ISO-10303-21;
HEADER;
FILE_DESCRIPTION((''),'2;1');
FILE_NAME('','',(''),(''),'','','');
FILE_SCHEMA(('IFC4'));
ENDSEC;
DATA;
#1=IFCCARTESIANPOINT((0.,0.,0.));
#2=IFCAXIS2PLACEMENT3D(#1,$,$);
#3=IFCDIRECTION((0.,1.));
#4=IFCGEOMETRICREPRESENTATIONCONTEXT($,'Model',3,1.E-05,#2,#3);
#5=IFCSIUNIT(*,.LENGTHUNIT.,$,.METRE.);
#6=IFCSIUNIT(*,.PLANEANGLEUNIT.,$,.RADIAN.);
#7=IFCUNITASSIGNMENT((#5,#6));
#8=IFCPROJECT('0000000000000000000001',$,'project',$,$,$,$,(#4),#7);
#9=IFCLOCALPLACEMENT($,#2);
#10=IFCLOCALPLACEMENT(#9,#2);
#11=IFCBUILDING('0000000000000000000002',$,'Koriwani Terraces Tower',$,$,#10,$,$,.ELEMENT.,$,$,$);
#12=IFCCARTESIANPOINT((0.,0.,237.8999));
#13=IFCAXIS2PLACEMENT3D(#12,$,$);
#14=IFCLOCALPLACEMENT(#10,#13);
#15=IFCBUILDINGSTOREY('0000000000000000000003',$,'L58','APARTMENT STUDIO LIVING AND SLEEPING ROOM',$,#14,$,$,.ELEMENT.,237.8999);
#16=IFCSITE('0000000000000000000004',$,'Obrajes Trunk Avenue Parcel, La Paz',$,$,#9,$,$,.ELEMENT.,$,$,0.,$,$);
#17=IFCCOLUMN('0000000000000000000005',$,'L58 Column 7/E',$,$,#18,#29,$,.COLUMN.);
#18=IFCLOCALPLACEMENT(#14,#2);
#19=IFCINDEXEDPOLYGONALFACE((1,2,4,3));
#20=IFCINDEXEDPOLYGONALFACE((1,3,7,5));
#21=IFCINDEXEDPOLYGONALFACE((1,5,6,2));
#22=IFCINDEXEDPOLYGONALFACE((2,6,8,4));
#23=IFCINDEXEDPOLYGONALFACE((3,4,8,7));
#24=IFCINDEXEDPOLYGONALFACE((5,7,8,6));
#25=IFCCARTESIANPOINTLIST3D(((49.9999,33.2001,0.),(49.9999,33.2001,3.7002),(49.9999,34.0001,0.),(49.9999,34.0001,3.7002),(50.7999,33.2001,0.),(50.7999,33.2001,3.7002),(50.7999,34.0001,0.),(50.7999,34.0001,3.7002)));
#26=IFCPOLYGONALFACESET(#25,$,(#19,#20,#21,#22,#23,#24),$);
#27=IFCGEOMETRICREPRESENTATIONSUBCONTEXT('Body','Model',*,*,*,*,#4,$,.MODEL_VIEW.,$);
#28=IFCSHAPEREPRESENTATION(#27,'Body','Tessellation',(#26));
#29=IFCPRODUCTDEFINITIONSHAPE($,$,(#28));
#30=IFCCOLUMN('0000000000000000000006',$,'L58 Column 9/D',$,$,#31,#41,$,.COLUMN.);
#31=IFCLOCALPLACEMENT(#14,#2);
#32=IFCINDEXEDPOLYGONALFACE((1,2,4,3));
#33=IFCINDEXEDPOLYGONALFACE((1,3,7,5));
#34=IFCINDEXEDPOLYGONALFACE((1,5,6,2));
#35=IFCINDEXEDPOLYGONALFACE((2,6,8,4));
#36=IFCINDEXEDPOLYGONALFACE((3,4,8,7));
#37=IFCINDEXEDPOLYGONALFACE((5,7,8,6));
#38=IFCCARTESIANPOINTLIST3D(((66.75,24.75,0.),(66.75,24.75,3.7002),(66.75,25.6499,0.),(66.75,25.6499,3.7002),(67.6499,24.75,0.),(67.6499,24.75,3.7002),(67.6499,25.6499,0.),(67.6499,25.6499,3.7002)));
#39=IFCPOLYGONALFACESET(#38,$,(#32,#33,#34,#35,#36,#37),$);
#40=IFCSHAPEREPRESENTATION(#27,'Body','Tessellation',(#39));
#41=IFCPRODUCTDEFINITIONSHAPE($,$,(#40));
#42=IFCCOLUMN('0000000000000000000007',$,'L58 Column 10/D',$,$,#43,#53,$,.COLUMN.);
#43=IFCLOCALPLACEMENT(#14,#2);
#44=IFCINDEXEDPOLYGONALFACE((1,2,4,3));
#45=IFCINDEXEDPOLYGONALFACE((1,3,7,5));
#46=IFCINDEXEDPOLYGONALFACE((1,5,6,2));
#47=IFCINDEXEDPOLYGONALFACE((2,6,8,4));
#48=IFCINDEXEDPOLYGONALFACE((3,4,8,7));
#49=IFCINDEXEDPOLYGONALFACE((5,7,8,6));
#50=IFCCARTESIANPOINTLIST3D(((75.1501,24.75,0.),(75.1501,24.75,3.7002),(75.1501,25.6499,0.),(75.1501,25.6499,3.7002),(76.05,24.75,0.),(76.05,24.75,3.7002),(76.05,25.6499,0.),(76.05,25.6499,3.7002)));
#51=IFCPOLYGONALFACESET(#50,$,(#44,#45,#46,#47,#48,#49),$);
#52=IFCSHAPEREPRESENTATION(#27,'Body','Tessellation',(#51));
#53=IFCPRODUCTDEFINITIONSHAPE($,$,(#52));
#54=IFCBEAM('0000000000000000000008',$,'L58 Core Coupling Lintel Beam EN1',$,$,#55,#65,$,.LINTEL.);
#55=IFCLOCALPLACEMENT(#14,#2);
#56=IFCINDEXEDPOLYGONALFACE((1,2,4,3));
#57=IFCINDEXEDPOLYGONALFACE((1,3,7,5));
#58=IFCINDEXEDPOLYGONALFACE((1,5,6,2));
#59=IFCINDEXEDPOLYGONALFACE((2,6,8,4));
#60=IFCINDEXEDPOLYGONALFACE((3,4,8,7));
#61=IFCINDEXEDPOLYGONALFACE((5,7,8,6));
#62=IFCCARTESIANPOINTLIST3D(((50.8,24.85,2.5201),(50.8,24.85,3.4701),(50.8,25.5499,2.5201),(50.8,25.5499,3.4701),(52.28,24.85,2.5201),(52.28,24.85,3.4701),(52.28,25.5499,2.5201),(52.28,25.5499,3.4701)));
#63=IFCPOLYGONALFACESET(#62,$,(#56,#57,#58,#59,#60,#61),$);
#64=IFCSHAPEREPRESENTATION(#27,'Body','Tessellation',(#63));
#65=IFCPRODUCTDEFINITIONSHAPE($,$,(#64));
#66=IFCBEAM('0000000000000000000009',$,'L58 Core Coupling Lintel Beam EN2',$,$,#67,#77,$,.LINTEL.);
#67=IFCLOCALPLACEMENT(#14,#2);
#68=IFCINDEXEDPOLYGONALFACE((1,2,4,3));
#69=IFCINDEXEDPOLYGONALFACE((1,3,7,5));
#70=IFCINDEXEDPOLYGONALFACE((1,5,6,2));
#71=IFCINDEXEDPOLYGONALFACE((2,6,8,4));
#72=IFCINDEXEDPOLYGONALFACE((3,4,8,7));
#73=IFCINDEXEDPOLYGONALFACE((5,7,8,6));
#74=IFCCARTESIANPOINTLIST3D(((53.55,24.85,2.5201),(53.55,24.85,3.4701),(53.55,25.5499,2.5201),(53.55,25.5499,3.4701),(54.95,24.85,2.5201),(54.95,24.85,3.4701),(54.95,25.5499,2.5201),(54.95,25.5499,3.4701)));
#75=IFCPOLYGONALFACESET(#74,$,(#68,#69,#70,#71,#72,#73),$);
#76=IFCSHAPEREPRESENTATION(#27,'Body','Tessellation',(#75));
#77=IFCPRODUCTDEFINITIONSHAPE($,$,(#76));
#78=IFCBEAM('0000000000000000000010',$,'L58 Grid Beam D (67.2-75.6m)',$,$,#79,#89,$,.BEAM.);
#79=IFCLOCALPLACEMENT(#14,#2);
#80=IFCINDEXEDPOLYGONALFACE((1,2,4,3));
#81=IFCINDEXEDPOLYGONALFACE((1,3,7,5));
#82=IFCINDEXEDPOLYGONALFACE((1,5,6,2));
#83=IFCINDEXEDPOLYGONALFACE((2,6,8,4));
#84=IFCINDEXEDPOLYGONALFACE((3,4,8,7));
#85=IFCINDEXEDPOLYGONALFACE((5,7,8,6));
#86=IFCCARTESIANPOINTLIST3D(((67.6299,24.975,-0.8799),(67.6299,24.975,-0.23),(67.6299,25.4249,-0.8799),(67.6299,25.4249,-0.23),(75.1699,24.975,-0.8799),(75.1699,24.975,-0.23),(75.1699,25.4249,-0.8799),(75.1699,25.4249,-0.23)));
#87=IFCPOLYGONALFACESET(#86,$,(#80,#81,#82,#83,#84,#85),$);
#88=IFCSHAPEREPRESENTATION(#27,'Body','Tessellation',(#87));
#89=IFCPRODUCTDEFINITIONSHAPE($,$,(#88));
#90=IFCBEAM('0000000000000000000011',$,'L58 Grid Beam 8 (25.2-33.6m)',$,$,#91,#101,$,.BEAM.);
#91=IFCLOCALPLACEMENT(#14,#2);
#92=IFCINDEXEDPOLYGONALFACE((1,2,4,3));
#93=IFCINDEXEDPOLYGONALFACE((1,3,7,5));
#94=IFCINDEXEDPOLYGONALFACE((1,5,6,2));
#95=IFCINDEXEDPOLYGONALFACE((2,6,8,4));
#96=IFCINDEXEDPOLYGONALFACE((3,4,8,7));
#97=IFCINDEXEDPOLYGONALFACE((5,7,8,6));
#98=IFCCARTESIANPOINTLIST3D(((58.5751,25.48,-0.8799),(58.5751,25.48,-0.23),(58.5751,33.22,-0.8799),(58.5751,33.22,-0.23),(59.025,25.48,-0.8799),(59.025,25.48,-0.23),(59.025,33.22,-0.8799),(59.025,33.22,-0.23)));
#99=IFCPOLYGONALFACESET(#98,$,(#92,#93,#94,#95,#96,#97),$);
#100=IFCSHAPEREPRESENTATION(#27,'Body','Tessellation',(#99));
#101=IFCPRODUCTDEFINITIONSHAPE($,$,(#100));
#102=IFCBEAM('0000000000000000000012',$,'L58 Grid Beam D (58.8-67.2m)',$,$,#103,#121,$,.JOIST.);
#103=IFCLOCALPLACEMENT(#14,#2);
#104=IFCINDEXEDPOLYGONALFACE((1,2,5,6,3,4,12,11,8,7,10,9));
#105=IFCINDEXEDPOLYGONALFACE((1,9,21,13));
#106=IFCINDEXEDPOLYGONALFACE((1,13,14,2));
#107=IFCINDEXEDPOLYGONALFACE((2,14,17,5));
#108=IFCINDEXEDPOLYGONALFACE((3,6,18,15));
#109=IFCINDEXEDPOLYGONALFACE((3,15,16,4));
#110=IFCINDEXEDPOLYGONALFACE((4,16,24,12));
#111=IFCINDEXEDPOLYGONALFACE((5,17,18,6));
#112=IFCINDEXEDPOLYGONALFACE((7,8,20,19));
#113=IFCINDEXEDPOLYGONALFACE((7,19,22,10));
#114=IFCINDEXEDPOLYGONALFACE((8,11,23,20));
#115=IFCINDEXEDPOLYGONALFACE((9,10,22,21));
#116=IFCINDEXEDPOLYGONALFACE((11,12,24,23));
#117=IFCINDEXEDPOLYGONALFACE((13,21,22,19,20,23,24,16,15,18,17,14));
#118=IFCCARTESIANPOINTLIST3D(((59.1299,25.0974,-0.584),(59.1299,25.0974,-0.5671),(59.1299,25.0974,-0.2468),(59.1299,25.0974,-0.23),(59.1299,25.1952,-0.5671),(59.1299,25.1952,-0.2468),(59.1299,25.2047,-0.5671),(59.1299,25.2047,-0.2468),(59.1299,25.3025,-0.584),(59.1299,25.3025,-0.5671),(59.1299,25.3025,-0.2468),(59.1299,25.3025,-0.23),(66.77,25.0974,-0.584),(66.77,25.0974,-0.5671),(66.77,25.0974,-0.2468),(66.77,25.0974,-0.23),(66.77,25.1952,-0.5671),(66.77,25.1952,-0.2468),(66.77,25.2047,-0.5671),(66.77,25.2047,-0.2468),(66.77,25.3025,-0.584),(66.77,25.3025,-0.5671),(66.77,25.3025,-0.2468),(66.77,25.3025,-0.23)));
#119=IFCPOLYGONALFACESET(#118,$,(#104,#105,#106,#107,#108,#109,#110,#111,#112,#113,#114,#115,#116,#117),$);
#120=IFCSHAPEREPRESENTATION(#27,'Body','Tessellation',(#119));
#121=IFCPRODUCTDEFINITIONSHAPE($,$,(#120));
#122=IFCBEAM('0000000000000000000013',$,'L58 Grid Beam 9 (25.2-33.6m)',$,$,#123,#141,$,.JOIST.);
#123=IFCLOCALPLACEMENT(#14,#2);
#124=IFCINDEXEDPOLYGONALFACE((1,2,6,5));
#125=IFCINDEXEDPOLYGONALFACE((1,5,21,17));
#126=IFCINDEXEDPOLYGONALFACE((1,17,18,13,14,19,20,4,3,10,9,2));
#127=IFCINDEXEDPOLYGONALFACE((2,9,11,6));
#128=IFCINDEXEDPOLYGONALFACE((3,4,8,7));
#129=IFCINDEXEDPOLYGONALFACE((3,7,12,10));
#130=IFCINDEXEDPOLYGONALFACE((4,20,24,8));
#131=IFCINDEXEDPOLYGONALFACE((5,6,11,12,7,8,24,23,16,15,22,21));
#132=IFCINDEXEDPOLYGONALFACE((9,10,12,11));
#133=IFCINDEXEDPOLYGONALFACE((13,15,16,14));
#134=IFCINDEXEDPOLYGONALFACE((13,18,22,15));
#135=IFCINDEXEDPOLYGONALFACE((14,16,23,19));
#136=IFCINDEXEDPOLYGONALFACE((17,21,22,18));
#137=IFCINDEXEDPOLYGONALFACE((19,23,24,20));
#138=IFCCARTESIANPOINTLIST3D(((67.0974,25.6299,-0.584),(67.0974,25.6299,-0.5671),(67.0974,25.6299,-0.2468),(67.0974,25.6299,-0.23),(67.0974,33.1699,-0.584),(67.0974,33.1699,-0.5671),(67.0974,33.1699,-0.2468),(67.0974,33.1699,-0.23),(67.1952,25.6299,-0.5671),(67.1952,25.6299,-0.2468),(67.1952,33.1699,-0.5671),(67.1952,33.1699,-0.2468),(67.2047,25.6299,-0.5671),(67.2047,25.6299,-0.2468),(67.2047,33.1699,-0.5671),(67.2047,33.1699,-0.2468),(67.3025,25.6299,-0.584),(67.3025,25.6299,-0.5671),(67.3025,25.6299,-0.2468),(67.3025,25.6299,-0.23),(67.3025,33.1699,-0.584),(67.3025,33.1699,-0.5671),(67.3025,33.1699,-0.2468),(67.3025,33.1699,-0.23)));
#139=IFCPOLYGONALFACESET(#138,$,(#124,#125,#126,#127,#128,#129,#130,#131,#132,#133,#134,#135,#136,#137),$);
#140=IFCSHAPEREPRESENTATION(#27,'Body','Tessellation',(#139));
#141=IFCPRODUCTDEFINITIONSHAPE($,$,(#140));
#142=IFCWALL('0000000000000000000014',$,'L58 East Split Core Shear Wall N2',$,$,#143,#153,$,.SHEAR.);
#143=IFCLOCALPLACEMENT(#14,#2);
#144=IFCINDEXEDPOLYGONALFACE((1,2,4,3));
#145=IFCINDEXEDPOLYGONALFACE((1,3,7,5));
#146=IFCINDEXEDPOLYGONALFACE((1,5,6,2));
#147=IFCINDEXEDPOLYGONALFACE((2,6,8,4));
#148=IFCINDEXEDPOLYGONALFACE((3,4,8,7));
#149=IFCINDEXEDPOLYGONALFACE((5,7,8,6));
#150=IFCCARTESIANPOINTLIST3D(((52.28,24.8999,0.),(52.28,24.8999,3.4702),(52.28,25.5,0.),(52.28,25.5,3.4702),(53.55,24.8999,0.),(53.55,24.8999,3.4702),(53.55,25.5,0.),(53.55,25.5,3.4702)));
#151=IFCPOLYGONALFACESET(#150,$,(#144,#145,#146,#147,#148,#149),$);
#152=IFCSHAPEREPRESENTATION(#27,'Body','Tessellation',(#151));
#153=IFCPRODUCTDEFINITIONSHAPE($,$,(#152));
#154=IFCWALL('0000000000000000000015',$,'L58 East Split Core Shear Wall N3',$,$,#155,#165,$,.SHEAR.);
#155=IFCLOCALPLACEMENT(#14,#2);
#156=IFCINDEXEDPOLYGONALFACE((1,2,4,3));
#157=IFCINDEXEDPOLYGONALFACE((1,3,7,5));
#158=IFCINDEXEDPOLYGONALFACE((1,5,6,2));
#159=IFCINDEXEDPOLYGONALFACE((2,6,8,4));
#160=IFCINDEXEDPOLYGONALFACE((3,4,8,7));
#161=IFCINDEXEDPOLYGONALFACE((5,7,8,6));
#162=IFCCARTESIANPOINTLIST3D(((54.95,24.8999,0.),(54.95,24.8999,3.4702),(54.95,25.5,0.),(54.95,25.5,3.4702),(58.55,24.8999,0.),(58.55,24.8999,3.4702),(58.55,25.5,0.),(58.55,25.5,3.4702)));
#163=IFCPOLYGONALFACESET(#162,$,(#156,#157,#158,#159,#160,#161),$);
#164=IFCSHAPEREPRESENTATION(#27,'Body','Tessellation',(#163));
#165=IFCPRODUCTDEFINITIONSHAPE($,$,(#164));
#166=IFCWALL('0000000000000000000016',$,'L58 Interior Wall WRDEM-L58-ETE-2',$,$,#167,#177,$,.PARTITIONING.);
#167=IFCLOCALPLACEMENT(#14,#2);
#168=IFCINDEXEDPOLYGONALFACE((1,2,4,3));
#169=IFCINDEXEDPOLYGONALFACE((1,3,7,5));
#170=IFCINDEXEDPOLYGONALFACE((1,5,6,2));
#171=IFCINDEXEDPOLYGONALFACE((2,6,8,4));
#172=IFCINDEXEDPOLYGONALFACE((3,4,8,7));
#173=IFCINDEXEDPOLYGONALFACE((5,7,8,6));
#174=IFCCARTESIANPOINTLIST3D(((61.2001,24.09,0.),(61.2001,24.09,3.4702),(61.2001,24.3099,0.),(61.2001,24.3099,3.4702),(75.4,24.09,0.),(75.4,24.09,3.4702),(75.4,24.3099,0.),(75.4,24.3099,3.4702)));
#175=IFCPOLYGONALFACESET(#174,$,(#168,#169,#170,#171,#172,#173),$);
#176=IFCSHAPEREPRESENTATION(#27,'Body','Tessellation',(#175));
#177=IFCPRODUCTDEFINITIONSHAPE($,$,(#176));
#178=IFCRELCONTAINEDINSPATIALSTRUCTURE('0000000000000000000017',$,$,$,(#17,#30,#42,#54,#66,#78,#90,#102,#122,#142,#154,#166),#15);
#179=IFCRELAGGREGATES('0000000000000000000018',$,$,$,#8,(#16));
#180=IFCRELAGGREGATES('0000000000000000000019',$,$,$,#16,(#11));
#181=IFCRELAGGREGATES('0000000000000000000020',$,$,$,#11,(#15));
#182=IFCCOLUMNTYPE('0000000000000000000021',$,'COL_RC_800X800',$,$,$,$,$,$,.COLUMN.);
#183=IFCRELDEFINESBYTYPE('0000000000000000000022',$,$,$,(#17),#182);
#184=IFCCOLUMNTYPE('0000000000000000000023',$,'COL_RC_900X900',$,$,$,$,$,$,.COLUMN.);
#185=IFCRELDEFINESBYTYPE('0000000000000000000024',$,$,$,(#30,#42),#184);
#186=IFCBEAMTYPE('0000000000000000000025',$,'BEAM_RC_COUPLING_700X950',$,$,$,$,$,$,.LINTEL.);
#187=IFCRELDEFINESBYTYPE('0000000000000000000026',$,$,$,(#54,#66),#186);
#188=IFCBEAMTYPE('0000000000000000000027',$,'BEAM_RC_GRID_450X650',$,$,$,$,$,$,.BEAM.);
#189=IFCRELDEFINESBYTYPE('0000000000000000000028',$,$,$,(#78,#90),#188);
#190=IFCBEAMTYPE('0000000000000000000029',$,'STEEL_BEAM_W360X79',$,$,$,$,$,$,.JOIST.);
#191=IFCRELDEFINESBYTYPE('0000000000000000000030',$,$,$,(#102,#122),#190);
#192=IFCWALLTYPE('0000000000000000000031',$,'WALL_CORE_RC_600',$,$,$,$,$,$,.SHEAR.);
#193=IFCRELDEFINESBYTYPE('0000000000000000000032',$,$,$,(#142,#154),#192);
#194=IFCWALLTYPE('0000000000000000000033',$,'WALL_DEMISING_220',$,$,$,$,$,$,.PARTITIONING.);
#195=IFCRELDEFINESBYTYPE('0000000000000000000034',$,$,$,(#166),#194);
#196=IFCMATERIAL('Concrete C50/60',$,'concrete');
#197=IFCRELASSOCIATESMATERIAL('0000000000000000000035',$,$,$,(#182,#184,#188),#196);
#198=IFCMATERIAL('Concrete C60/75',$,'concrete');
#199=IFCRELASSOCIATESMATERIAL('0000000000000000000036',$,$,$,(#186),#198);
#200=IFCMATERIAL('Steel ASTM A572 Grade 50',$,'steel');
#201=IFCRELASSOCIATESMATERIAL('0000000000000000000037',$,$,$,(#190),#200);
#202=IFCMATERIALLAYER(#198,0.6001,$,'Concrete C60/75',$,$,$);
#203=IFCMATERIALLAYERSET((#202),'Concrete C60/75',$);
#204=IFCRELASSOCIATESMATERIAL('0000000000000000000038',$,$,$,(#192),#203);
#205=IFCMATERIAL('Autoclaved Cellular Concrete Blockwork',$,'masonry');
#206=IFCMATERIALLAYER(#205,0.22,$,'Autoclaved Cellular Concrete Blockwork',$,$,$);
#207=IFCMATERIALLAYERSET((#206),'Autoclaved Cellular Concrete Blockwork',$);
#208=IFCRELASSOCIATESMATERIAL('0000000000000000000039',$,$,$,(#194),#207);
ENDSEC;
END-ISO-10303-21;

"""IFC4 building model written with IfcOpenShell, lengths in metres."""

from ifc_helpers import new_model, si_unit, direction, frame, frame_2d, origin, origin_2d, place, context, subcontext, project, spatial, rectangle, i_section, extrude, material, layer, layer_set, material_profile, profile_set, type_object, element, save


model = new_model("IFC4")

# Units and contexts
model_context = context("Model", 3, precision=1e-05, world=origin(), true_north=direction((0.0, 1.0)))
body_context = subcontext(model_context, "Body", "Model", "MODEL_VIEW")
ifc_project = project(units=[si_unit("LENGTHUNIT", "METRE"), si_unit("PLANEANGLEUNIT", "RADIAN")], contexts=[model_context])

# Site, building, storey
site_placement = place(None, origin())
site = spatial("IfcSite", under=ifc_project, at=site_placement, Name="Obrajes Trunk Avenue Parcel, La Paz", CompositionType="ELEMENT", RefElevation=0.0)
building_placement = place(site_placement, origin())
building = spatial("IfcBuilding", under=site, at=building_placement, Name="Koriwani Terraces Tower", CompositionType="ELEMENT")
storey_placement = place(building_placement, frame((0.0, 0.0, 237.8999)))
storey = spatial("IfcBuildingStorey", under=building, at=storey_placement, Name="L58", Description="APARTMENT STUDIO LIVING AND SLEEPING ROOM", CompositionType="ELEMENT", Elevation=237.8999)

# Columns
ifc_material_1 = material(Name="Concrete C50/60", Category="concrete")
ifc_material_profile_1 = material_profile(ifc_material_1, rectangle(XDim=0.8, YDim=0.8, at=origin_2d()), Name="Concrete C50/60", Category="LoadBearing")
ifc_profile_set_1 = profile_set([ifc_material_profile_1], Name="Concrete C50/60")
column_type_1 = type_object("IfcColumnType", Name="COL_RC_800X800", PredefinedType="COLUMN", material=ifc_profile_set_1)
column_placement = place(storey_placement, frame((50.3999, 33.6001, 0.0), z_axis=(0.0, 0.0, 1.0), x_axis=(1.0, 0.0, 0.0)))
element("IfcColumn", 1, at=column_placement, inside=storey, type_object=column_type_1, Name="L58 Column 7/E", PredefinedType="COLUMN", context=body_context, shape_type="SweptSolid", body=[
    extrude(rectangle(XDim=0.8, YDim=0.8, at=origin_2d()), origin(), (0.0, 0.0, 1.0), 3.7002),
])
ifc_material_profile_2 = material_profile(ifc_material_1, rectangle(XDim=0.8999, YDim=0.8999, at=origin_2d()), Name="Concrete C50/60", Category="LoadBearing")
ifc_profile_set_2 = profile_set([ifc_material_profile_2], Name="Concrete C50/60")
column_type_2 = type_object("IfcColumnType", Name="COL_RC_900X900", PredefinedType="COLUMN", material=ifc_profile_set_2)
for number, where, z_axis, x_axis, name in (
    (2, (67.2, 25.2, 0.0), (0.0, 0.0, 1.0), (1.0, 0.0, 0.0), "L58 Column 9/D"),
    (3, (75.6001, 25.2, 0.0), (0.0, 0.0, 1.0), (1.0, 0.0, 0.0), "L58 Column 10/D"),
):
    element("IfcColumn", number, at=place(storey_placement, frame(where, z_axis=z_axis, x_axis=x_axis)), inside=storey, type_object=column_type_2, Name=name, PredefinedType="COLUMN", context=body_context, shape_type="SweptSolid", body=[
        extrude(rectangle(XDim=0.8999, YDim=0.8999, at=origin_2d()), origin(), (0.0, 0.0, 1.0), 3.7002),
    ])

# Beams
ifc_material_2 = material(Name="Concrete C60/75", Category="concrete")
ifc_material_profile_3 = material_profile(ifc_material_2, rectangle(XDim=0.7, YDim=0.95, at=origin_2d()), Name="Concrete C60/75", Category="LoadBearing")
ifc_profile_set_3 = profile_set([ifc_material_profile_3], Name="Concrete C60/75")
beam_type_1 = type_object("IfcBeamType", Name="BEAM_RC_COUPLING_700X950", PredefinedType="LINTEL", material=ifc_profile_set_3)
beam_1_placement = place(storey_placement, frame((50.8, 25.2, 2.9951), z_axis=(1.0, 0.0, 0.0), x_axis=(0.0, 1.0, 0.0)))
element("IfcBeam", 4, at=beam_1_placement, inside=storey, type_object=beam_type_1, Name="L58 Core Coupling Lintel Beam EN1", PredefinedType="LINTEL", context=body_context, shape_type="SweptSolid", body=[
    extrude(rectangle(XDim=0.7, YDim=0.95, at=origin_2d()), origin(), (0.0, 0.0, 1.0), 1.48),
])
beam_2_placement = place(storey_placement, frame((53.55, 25.2, 2.9951), z_axis=(1.0, 0.0, 0.0), x_axis=(0.0, 1.0, 0.0)))
element("IfcBeam", 5, at=beam_2_placement, inside=storey, type_object=beam_type_1, Name="L58 Core Coupling Lintel Beam EN2", PredefinedType="LINTEL", context=body_context, shape_type="SweptSolid", body=[
    extrude(rectangle(XDim=0.7, YDim=0.95, at=origin_2d()), origin(), (0.0, 0.0, 1.0), 1.3999),
])
ifc_material_profile_4 = material_profile(ifc_material_1, rectangle(XDim=0.45, YDim=0.6499, at=origin_2d()), Name="Concrete C50/60", Category="LoadBearing")
ifc_profile_set_4 = profile_set([ifc_material_profile_4], Name="Concrete C50/60")
beam_type_2 = type_object("IfcBeamType", Name="BEAM_RC_GRID_450X650", PredefinedType="BEAM", material=ifc_profile_set_4)
beam_3_placement = place(storey_placement, frame((67.6299, 25.2, -0.5549), z_axis=(1.0, 0.0, 0.0), x_axis=(0.0, 1.0, 0.0)))
element("IfcBeam", 6, at=beam_3_placement, inside=storey, type_object=beam_type_2, Name="L58 Grid Beam D (67.2-75.6m)", PredefinedType="BEAM", context=body_context, shape_type="SweptSolid", body=[
    extrude(rectangle(XDim=0.45, YDim=0.6499, at=origin_2d()), origin(), (0.0, 0.0, 1.0), 7.54),
])
beam_4_placement = place(storey_placement, frame((58.8, 25.48, -0.5549), z_axis=(0.0, 1.0, 0.0), x_axis=(-1.0, 0.0, 0.0)))
element("IfcBeam", 7, at=beam_4_placement, inside=storey, type_object=beam_type_2, Name="L58 Grid Beam 8 (25.2-33.6m)", PredefinedType="BEAM", context=body_context, shape_type="SweptSolid", body=[
    extrude(rectangle(XDim=0.45, YDim=0.6499, at=origin_2d()), origin(), (0.0, 0.0, 1.0), 7.74),
])
ifc_material_3 = material(Name="Steel ASTM A572 Grade 50", Category="steel")
ifc_material_profile_5 = material_profile(ifc_material_3, i_section(OverallWidth=0.2051, OverallDepth=0.354, WebThickness=0.0095, FlangeThickness=0.0168, at=origin_2d()), Name="Steel ASTM A572 Grade 50", Category="LoadBearing")
ifc_profile_set_5 = profile_set([ifc_material_profile_5], Name="Steel ASTM A572 Grade 50")
beam_type_3 = type_object("IfcBeamType", Name="STEEL_BEAM_W360X79", PredefinedType="JOIST", material=ifc_profile_set_5)
beam_5_placement = place(storey_placement, frame((59.1299, 25.2, -0.407), z_axis=(1.0, 0.0, 0.0), x_axis=(0.0, 1.0, 0.0)))
element("IfcBeam", 8, at=beam_5_placement, inside=storey, type_object=beam_type_3, Name="L58 Grid Beam D (58.8-67.2m)", PredefinedType="JOIST", context=body_context, shape_type="SweptSolid", body=[
    extrude(i_section(OverallWidth=0.2051, OverallDepth=0.354, WebThickness=0.0095, FlangeThickness=0.0168, at=origin_2d()), origin(), (0.0, 0.0, 1.0), 7.6401),
])
beam_6_placement = place(storey_placement, frame((67.2, 25.6299, -0.407), z_axis=(0.0, 1.0, 0.0), x_axis=(-1.0, 0.0, 0.0)))
element("IfcBeam", 9, at=beam_6_placement, inside=storey, type_object=beam_type_3, Name="L58 Grid Beam 9 (25.2-33.6m)", PredefinedType="JOIST", context=body_context, shape_type="SweptSolid", body=[
    extrude(i_section(OverallWidth=0.2051, OverallDepth=0.354, WebThickness=0.0095, FlangeThickness=0.0168, at=origin_2d()), origin(), (0.0, 0.0, 1.0), 7.54),
])

# Walls
ifc_layer_1 = layer(ifc_material_2, 0.6001, Name="Concrete C60/75")
ifc_layer_set_1 = layer_set([ifc_layer_1], Name="Concrete C60/75")
wall_type_1 = type_object("IfcWallType", Name="WALL_CORE_RC_600", PredefinedType="SHEAR", material=ifc_layer_set_1)
wall_1_placement = place(storey_placement, frame((52.28, 25.2, 0.0), z_axis=(0.0, 0.0, 1.0), x_axis=(1.0, 0.0, 0.0)))
element("IfcWall", 10, at=wall_1_placement, inside=storey, type_object=wall_type_1, Name="L58 East Split Core Shear Wall N2", PredefinedType="SHEAR", context=body_context, shape_type="SweptSolid", body=[
    extrude(rectangle(XDim=1.27, YDim=0.6001, at=frame_2d((0.635, 0.0))), origin(), (0.0, 0.0, 1.0), 3.4702),
])
wall_2_placement = place(storey_placement, frame((54.95, 25.2, 0.0), z_axis=(0.0, 0.0, 1.0), x_axis=(1.0, 0.0, 0.0)))
element("IfcWall", 11, at=wall_2_placement, inside=storey, type_object=wall_type_1, Name="L58 East Split Core Shear Wall N3", PredefinedType="SHEAR", context=body_context, shape_type="SweptSolid", body=[
    extrude(rectangle(XDim=3.6001, YDim=0.6001, at=frame_2d((1.8, 0.0))), origin(), (0.0, 0.0, 1.0), 3.4702),
])
ifc_material_4 = material(Name="Autoclaved Cellular Concrete Blockwork", Category="masonry")
ifc_layer_2 = layer(ifc_material_4, 0.22, Name="Autoclaved Cellular Concrete Blockwork")
ifc_layer_set_2 = layer_set([ifc_layer_2], Name="Autoclaved Cellular Concrete Blockwork")
wall_type_2 = type_object("IfcWallType", Name="WALL_DEMISING_220", PredefinedType="PARTITIONING", material=ifc_layer_set_2)
wall_3_placement = place(storey_placement, frame((61.2, 24.2, 0.0), z_axis=(0.0, 0.0, 1.0), x_axis=(1.0, 0.0, 0.0)))
element("IfcWall", 12, at=wall_3_placement, inside=storey, type_object=wall_type_2, Name="L58 Interior Wall WRDEM-L58-ETE-2", PredefinedType="PARTITIONING", context=body_context, shape_type="SweptSolid", body=[
    extrude(rectangle(XDim=14.2, YDim=0.22, at=frame_2d((7.1001, 0.0))), origin(), (0.0, 0.0, 1.0), 3.4702),
])

save(model, "model.ifc")
